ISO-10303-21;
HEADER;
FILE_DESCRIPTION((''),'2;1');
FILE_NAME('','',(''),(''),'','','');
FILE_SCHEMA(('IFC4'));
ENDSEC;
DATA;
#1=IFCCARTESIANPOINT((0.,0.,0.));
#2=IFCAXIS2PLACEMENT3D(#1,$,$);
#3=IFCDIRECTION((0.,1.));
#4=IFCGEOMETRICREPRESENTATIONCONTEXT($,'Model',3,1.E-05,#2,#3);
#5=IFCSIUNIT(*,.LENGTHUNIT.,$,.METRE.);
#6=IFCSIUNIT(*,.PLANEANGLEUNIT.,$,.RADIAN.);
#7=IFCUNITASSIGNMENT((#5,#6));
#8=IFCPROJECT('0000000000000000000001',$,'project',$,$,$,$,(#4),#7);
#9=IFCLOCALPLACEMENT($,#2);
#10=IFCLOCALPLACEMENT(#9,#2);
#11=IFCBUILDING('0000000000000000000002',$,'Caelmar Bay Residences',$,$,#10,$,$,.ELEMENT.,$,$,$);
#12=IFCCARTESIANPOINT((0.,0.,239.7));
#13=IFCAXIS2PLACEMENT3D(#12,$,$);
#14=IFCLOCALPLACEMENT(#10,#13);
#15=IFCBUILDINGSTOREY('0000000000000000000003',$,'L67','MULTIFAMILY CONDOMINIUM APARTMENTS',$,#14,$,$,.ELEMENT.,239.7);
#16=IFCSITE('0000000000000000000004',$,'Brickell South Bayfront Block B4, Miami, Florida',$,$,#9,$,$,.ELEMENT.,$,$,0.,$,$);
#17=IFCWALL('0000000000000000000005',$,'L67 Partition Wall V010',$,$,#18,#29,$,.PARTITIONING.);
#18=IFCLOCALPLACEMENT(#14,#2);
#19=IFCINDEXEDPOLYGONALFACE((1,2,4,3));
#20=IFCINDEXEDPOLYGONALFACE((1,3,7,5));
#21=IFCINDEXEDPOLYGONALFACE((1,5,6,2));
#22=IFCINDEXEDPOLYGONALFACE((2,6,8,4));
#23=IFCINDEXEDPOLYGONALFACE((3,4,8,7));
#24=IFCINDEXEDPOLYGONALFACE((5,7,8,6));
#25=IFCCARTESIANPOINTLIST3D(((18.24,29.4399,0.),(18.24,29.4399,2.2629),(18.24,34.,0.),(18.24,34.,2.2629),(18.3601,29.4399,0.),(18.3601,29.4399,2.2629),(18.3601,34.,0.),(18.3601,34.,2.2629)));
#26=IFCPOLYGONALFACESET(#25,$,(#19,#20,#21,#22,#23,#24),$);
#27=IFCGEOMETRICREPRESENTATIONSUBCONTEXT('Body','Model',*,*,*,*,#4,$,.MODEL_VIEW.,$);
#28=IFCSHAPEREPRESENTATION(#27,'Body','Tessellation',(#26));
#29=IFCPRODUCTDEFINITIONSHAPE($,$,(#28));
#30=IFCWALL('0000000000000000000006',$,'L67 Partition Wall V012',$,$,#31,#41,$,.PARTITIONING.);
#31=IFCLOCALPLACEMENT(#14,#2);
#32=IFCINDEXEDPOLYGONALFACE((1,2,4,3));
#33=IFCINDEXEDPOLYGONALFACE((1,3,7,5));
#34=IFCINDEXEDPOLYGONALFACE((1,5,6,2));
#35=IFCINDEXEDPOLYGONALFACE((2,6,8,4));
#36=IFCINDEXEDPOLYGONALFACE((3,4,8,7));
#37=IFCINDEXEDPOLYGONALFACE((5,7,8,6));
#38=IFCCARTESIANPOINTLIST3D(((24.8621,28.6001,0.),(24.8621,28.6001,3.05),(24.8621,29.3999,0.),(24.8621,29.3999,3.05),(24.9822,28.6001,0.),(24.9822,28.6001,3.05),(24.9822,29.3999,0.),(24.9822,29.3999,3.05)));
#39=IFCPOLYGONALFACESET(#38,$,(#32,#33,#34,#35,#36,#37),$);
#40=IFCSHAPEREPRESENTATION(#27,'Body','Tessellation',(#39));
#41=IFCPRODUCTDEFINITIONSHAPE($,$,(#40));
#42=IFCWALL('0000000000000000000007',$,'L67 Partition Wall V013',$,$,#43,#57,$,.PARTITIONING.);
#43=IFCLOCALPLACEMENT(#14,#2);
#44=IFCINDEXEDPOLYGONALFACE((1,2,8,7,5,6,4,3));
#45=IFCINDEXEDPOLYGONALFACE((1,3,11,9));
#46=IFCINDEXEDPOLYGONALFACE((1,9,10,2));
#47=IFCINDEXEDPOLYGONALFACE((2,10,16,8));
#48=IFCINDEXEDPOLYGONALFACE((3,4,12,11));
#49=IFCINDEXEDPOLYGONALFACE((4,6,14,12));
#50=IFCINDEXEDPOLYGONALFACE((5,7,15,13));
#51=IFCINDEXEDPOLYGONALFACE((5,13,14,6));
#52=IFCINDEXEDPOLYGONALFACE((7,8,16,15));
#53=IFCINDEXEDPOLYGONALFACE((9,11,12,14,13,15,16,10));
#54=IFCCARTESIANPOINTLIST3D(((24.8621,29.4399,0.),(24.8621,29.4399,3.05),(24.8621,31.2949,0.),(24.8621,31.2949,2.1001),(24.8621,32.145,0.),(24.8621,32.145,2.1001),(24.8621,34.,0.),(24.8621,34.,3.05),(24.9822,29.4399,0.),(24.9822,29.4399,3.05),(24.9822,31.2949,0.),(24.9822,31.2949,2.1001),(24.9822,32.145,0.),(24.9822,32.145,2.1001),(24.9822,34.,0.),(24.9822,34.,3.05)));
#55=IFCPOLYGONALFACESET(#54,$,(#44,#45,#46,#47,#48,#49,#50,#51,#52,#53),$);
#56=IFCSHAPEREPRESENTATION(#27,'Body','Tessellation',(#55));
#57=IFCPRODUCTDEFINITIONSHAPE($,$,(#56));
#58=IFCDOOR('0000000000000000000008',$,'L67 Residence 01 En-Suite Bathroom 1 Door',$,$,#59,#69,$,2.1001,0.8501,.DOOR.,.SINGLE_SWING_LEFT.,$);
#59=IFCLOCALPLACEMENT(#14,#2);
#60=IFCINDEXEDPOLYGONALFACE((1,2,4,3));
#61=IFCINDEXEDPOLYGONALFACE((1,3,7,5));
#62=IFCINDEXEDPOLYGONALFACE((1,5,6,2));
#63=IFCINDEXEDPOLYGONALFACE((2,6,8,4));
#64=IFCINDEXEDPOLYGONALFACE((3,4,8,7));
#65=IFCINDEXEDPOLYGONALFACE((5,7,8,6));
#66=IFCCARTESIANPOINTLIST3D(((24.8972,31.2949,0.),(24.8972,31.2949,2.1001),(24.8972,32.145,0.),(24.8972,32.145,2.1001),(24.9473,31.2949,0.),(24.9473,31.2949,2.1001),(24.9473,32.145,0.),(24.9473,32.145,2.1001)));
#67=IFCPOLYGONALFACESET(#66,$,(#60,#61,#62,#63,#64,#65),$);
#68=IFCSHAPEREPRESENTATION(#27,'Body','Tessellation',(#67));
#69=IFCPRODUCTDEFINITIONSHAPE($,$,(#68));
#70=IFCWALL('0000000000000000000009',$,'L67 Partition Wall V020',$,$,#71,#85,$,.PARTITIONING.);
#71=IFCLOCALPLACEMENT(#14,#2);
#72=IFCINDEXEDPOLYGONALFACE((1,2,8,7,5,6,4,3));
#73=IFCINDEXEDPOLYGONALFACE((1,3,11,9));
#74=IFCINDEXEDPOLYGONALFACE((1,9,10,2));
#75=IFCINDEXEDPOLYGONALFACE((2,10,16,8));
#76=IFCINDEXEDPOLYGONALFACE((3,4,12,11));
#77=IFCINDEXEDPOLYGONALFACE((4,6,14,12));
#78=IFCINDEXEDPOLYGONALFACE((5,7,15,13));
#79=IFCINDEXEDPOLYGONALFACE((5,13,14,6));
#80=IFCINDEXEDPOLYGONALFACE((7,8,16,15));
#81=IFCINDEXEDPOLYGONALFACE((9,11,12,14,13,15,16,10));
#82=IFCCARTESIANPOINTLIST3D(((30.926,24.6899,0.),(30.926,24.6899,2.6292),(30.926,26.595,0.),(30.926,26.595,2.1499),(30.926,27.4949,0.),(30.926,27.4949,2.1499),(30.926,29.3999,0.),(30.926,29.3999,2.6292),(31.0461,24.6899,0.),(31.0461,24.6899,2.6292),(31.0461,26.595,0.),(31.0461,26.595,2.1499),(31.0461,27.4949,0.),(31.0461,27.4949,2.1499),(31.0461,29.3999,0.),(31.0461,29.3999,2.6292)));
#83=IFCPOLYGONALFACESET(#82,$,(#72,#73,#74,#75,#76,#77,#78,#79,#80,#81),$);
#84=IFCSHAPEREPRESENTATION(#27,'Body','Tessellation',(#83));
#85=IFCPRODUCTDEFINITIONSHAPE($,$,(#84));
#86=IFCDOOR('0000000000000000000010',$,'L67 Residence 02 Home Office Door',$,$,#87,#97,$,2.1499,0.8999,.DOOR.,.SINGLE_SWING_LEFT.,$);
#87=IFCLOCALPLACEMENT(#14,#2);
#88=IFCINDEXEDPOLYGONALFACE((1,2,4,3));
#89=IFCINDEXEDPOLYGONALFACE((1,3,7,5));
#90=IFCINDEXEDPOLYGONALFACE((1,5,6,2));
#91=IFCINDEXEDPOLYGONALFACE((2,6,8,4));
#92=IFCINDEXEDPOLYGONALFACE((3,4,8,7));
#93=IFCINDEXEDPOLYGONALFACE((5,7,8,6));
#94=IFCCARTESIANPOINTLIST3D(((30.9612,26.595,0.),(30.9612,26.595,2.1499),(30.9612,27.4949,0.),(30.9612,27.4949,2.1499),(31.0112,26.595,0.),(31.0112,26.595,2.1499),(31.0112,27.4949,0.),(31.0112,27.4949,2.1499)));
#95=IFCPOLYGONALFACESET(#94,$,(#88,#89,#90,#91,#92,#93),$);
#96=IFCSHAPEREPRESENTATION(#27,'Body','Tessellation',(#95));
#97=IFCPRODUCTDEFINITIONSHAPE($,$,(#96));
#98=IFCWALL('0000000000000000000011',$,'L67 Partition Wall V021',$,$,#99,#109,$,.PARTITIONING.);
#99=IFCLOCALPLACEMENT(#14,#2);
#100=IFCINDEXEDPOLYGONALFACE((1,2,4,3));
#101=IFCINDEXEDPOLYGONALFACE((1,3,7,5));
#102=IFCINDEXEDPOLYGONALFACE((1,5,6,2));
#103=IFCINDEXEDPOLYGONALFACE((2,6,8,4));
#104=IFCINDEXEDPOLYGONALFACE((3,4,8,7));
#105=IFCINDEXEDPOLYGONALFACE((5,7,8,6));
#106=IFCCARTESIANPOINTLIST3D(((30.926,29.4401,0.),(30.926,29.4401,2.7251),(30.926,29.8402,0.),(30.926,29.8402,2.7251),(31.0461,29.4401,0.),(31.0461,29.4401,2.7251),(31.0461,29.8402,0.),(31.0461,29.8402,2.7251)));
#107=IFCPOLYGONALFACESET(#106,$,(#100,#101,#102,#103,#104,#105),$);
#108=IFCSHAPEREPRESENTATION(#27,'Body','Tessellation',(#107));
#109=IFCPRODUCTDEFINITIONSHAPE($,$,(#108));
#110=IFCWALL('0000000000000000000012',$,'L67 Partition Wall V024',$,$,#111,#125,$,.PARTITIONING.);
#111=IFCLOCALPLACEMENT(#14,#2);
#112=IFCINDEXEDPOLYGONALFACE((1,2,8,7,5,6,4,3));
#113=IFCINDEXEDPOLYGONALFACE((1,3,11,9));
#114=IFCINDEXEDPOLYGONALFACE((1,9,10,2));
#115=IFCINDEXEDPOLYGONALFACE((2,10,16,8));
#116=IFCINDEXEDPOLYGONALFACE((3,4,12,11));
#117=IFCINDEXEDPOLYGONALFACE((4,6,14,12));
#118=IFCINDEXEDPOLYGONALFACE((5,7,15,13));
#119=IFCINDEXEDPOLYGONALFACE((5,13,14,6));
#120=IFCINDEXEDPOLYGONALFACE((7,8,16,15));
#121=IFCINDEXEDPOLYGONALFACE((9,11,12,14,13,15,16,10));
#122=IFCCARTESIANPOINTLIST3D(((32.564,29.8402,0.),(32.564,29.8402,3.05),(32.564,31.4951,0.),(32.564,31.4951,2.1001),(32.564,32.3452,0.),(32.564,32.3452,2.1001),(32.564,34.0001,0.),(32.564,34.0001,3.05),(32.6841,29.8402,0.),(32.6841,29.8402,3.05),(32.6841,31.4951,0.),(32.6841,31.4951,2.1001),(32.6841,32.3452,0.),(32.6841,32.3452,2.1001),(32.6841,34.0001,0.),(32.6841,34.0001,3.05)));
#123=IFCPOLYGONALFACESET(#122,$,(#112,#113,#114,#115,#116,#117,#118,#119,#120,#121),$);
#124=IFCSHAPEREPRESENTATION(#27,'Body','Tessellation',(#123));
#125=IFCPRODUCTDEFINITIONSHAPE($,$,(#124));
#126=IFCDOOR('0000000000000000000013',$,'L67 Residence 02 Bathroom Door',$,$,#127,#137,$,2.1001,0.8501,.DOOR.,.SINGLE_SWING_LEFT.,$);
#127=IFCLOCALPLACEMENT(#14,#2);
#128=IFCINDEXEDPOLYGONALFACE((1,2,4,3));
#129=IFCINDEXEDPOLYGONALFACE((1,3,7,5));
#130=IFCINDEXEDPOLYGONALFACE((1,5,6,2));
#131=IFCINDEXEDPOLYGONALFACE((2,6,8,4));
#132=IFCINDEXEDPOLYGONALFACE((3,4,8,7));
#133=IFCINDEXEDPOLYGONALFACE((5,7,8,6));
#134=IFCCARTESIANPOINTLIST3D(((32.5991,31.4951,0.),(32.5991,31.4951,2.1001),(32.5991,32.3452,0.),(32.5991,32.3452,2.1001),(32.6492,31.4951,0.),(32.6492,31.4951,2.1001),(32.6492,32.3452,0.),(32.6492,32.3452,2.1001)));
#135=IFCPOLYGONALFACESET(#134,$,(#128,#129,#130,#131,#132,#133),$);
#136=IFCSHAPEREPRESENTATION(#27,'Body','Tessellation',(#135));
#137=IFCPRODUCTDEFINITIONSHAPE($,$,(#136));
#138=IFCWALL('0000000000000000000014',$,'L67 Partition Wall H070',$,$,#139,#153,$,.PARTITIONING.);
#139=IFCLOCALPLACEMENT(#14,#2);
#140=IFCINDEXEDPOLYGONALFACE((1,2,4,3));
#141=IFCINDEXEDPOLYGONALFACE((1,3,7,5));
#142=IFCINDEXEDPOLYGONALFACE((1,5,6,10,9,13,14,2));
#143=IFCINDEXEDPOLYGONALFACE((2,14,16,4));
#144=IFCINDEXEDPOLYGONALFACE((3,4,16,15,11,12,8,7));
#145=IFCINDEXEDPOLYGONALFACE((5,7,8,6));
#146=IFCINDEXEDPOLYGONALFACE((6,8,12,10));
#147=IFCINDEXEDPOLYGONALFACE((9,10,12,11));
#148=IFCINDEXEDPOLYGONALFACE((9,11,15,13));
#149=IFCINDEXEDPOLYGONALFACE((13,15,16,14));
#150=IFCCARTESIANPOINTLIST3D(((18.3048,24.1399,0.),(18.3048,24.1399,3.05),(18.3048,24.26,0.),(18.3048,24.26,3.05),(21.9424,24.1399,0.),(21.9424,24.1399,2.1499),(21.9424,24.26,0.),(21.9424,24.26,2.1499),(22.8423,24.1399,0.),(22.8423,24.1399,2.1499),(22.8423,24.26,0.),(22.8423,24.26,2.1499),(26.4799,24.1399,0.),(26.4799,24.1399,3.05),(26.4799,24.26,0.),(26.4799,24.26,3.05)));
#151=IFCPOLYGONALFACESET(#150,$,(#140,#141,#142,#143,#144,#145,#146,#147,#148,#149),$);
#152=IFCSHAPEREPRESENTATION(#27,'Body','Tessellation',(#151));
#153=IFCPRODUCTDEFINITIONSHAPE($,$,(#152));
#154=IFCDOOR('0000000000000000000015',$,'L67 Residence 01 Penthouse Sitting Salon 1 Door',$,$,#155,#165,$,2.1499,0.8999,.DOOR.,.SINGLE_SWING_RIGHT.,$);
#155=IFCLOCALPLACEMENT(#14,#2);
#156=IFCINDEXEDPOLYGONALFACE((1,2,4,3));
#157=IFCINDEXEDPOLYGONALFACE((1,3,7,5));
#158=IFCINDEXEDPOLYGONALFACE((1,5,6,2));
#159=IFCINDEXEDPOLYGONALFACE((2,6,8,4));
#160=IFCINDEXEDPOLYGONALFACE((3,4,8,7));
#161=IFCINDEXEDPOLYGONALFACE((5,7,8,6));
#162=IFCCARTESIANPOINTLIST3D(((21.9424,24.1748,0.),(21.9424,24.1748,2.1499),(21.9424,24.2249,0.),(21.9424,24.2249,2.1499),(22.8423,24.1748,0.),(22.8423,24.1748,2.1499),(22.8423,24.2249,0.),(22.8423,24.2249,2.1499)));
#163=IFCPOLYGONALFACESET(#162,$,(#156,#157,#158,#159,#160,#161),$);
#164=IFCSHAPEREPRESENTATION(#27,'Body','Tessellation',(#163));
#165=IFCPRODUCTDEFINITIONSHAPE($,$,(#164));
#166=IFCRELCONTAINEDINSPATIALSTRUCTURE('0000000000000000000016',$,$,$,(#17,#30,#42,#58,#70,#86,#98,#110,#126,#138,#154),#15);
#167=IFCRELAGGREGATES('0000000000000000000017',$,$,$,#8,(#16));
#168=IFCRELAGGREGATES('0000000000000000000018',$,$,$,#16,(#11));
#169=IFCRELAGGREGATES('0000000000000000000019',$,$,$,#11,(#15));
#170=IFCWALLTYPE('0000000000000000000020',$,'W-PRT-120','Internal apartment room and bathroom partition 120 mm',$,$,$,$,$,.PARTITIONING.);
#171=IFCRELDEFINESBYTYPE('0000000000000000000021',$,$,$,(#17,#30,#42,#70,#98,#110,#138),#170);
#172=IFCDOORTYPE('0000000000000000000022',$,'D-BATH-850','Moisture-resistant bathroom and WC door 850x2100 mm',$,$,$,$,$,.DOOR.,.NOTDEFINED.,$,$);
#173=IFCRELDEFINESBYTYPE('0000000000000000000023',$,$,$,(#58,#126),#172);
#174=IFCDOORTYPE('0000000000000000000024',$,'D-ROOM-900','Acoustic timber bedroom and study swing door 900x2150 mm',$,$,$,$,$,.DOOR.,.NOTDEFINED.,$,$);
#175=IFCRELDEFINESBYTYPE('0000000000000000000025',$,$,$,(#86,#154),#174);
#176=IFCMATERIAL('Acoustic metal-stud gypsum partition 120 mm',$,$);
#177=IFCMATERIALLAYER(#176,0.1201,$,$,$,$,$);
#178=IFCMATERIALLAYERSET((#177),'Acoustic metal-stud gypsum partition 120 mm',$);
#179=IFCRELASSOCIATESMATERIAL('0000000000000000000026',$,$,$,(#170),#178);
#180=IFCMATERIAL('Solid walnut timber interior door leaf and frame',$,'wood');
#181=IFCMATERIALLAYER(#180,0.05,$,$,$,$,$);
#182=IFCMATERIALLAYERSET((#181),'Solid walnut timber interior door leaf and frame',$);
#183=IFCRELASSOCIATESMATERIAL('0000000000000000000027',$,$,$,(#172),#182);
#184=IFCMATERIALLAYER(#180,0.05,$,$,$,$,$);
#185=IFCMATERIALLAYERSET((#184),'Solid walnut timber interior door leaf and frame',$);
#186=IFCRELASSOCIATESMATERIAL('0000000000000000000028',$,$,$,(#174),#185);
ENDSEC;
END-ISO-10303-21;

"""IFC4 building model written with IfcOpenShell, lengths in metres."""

from ifc_helpers import new_model, si_unit, direction, frame, frame_2d, origin, place, context, subcontext, project, spatial, rectangle, extrude, material, layer, layer_set, type_object, element, fill, save


model = new_model("IFC4")

# Units and contexts
model_context = context("Model", 3, precision=1e-05, world=origin(), true_north=direction((0.0, 1.0)))
body_context = subcontext(model_context, "Body", "Model", "MODEL_VIEW")
ifc_project = project(units=[si_unit("LENGTHUNIT", "METRE"), si_unit("PLANEANGLEUNIT", "RADIAN")], contexts=[model_context])

# Site, building, storey
site_placement = place(None, origin())
site = spatial("IfcSite", under=ifc_project, at=site_placement, Name="Brickell South Bayfront Block B4, Miami, Florida", CompositionType="ELEMENT", RefElevation=0.0)
building_placement = place(site_placement, origin())
building = spatial("IfcBuilding", under=site, at=building_placement, Name="Caelmar Bay Residences", CompositionType="ELEMENT")
storey_placement = place(building_placement, frame((0.0, 0.0, 239.7)))
storey = spatial("IfcBuildingStorey", under=building, at=storey_placement, Name="L67", Description="MULTIFAMILY CONDOMINIUM APARTMENTS", CompositionType="ELEMENT", Elevation=239.7)

# Walls
ifc_material_1 = material(Name="Acoustic metal-stud gypsum partition 120 mm")
ifc_layer_1 = layer(ifc_material_1, 0.1201)
ifc_layer_set_1 = layer_set([ifc_layer_1], Name="Acoustic metal-stud gypsum partition 120 mm")
wall_type_1 = type_object("IfcWallType", Name="W-PRT-120", Description="Internal apartment room and bathroom partition 120 mm", PredefinedType="PARTITIONING", material=ifc_layer_set_1)
wall_1_placement = place(storey_placement, frame((18.3, 29.4399, 0.0), z_axis=(0.0, 0.0, 1.0), x_axis=(0.0, 1.0, 0.0)))
element("IfcWall", 1, at=wall_1_placement, inside=storey, type_object=wall_type_1, Name="L67 Partition Wall V010", PredefinedType="PARTITIONING", context=body_context, shape_type="SweptSolid", body=[
    extrude(rectangle(XDim=4.5601, YDim=0.1201, at=frame_2d((2.28, 0.0))), origin(), (0.0, 0.0, 1.0), 2.2629),
])
wall_2_placement = place(storey_placement, frame((24.9221, 28.6001, 0.0), z_axis=(0.0, 0.0, 1.0), x_axis=(0.0, 1.0, 0.0)))
element("IfcWall", 2, at=wall_2_placement, inside=storey, type_object=wall_type_1, Name="L67 Partition Wall V012", PredefinedType="PARTITIONING", context=body_context, shape_type="SweptSolid", body=[
    extrude(rectangle(XDim=0.7998, YDim=0.1201, at=frame_2d((0.3999, 0.0))), origin(), (0.0, 0.0, 1.0), 3.05),
])

# Walls, openings, doors
wall_3_placement = place(storey_placement, frame((24.9221, 29.4399, 0.0), z_axis=(0.0, 0.0, 1.0), x_axis=(0.0, 1.0, 0.0)))
wall_3 = element("IfcWall", 3, at=wall_3_placement, inside=storey, type_object=wall_type_1, Name="L67 Partition Wall V013", PredefinedType="PARTITIONING", context=body_context, shape_type="SweptSolid", body=[
    extrude(rectangle(XDim=4.5601, YDim=0.1201, at=frame_2d((2.28, 0.0))), origin(), (0.0, 0.0, 1.0), 3.05),
])
opening_1_placement = place(wall_3_placement, frame((1.855, 0.0, 0.0)))
opening_1 = element("IfcOpeningElement", 4, at=opening_1_placement, cuts=wall_3, PredefinedType="OPENING", context=body_context, shape_type="SweptSolid", body=[
    extrude(rectangle(XDim=0.8501, YDim=2.1001, at=frame_2d((0.425, 1.05))), frame((0.0, 0.0701, 0.0), z_axis=(0.0, -1.0, 0.0), x_axis=(1.0, 0.0, 0.0)), (0.0, 0.0, 1.0), 0.1401),
])
ifc_material_2 = material(Name="Solid walnut timber interior door leaf and frame", Category="wood")
ifc_layer_2 = layer(ifc_material_2, 0.05)
ifc_layer_set_2 = layer_set([ifc_layer_2], Name="Solid walnut timber interior door leaf and frame")
door_type_1 = type_object("IfcDoorType", Name="D-BATH-850", Description="Moisture-resistant bathroom and WC door 850x2100 mm", OperationType="NOTDEFINED", PredefinedType="DOOR", material=ifc_layer_set_2)
door_1_placement = place(opening_1_placement, origin())
door_1 = element("IfcDoor", 5, at=door_1_placement, inside=storey, type_object=door_type_1, Name="L67 Residence 01 En-Suite Bathroom 1 Door", OperationType="SINGLE_SWING_LEFT", OverallHeight=2.1001, OverallWidth=0.8501, PredefinedType="DOOR", context=body_context, shape_type="SweptSolid", body=[
    extrude(rectangle(XDim=0.8501, YDim=2.1001, at=frame_2d((0.425, 1.05))), frame((0.0, 0.0249, 0.0), z_axis=(0.0, -1.0, 0.0), x_axis=(1.0, 0.0, 0.0)), (0.0, 0.0, 1.0), 0.05),
])
fill(opening_1, door_1)
wall_4_placement = place(storey_placement, frame((30.9861, 24.6899, 0.0), z_axis=(0.0, 0.0, 1.0), x_axis=(0.0, 1.0, 0.0)))
wall_4 = element("IfcWall", 6, at=wall_4_placement, inside=storey, type_object=wall_type_1, Name="L67 Partition Wall V020", PredefinedType="PARTITIONING", context=body_context, shape_type="SweptSolid", body=[
    extrude(rectangle(XDim=4.71, YDim=0.1201, at=frame_2d((2.355, 0.0))), origin(), (0.0, 0.0, 1.0), 2.6292),
])
opening_2_placement = place(wall_4_placement, frame((1.905, 0.0, 0.0)))
opening_2 = element("IfcOpeningElement", 7, at=opening_2_placement, cuts=wall_4, PredefinedType="OPENING", context=body_context, shape_type="SweptSolid", body=[
    extrude(rectangle(XDim=0.8999, YDim=2.1499, at=frame_2d((0.45, 1.075))), frame((0.0, 0.0701, 0.0), z_axis=(0.0, -1.0, 0.0), x_axis=(1.0, 0.0, 0.0)), (0.0, 0.0, 1.0), 0.1401),
])
ifc_layer_3 = layer(ifc_material_2, 0.05)
ifc_layer_set_3 = layer_set([ifc_layer_3], Name="Solid walnut timber interior door leaf and frame")
door_type_2 = type_object("IfcDoorType", Name="D-ROOM-900", Description="Acoustic timber bedroom and study swing door 900x2150 mm", OperationType="NOTDEFINED", PredefinedType="DOOR", material=ifc_layer_set_3)
door_2_placement = place(opening_2_placement, origin())
door_2 = element("IfcDoor", 8, at=door_2_placement, inside=storey, type_object=door_type_2, Name="L67 Residence 02 Home Office Door", OperationType="SINGLE_SWING_LEFT", OverallHeight=2.1499, OverallWidth=0.8999, PredefinedType="DOOR", context=body_context, shape_type="SweptSolid", body=[
    extrude(rectangle(XDim=0.8999, YDim=2.1499, at=frame_2d((0.45, 1.075))), frame((0.0, 0.0249, 0.0), z_axis=(0.0, -1.0, 0.0), x_axis=(1.0, 0.0, 0.0)), (0.0, 0.0, 1.0), 0.05),
])
fill(opening_2, door_2)

# Wall
wall_5_placement = place(storey_placement, frame((30.9861, 29.4399, 0.0), z_axis=(0.0, 0.0, 1.0), x_axis=(0.0, 1.0, 0.0)))
element("IfcWall", 9, at=wall_5_placement, inside=storey, type_object=wall_type_1, Name="L67 Partition Wall V021", PredefinedType="PARTITIONING", context=body_context, shape_type="SweptSolid", body=[
    extrude(rectangle(XDim=0.4001, YDim=0.1201, at=frame_2d((0.2002, 0.0))), origin(), (0.0, 0.0, 1.0), 2.7251),
])

# Walls, openings, doors
wall_6_placement = place(storey_placement, frame((32.624, 29.8401, 0.0), z_axis=(0.0, 0.0, 1.0), x_axis=(0.0, 1.0, 0.0)))
wall_6 = element("IfcWall", 10, at=wall_6_placement, inside=storey, type_object=wall_type_1, Name="L67 Partition Wall V024", PredefinedType="PARTITIONING", context=body_context, shape_type="SweptSolid", body=[
    extrude(rectangle(XDim=4.1599, YDim=0.1201, at=frame_2d((2.0801, 0.0))), origin(), (0.0, 0.0, 1.0), 3.05),
])
opening_3_placement = place(wall_6_placement, frame((1.655, 0.0, 0.0)))
opening_3 = element("IfcOpeningElement", 11, at=opening_3_placement, cuts=wall_6, PredefinedType="OPENING", context=body_context, shape_type="SweptSolid", body=[
    extrude(rectangle(XDim=0.8501, YDim=2.1001, at=frame_2d((0.425, 1.05))), frame((0.0, 0.0701, 0.0), z_axis=(0.0, -1.0, 0.0), x_axis=(1.0, 0.0, 0.0)), (0.0, 0.0, 1.0), 0.1401),
])
door_3_placement = place(opening_3_placement, origin())
door_3 = element("IfcDoor", 12, at=door_3_placement, inside=storey, type_object=door_type_1, Name="L67 Residence 02 Bathroom Door", OperationType="SINGLE_SWING_LEFT", OverallHeight=2.1001, OverallWidth=0.8501, PredefinedType="DOOR", context=body_context, shape_type="SweptSolid", body=[
    extrude(rectangle(XDim=0.8501, YDim=2.1001, at=frame_2d((0.425, 1.05))), frame((0.0, 0.0249, 0.0), z_axis=(0.0, -1.0, 0.0), x_axis=(1.0, 0.0, 0.0)), (0.0, 0.0, 1.0), 0.05),
])
fill(opening_3, door_3)
wall_7_placement = place(storey_placement, frame((18.3049, 24.2, 0.0), z_axis=(0.0, 0.0, 1.0), x_axis=(1.0, 0.0, 0.0)))
wall_7 = element("IfcWall", 13, at=wall_7_placement, inside=storey, type_object=wall_type_1, Name="L67 Partition Wall H070", PredefinedType="PARTITIONING", context=body_context, shape_type="SweptSolid", body=[
    extrude(rectangle(XDim=8.175, YDim=0.1201, at=frame_2d((4.0874, 0.0))), origin(), (0.0, 0.0, 1.0), 3.05),
])
opening_4_placement = place(wall_7_placement, frame((3.6375, 0.0, 0.0)))
opening_4 = element("IfcOpeningElement", 14, at=opening_4_placement, cuts=wall_7, PredefinedType="OPENING", context=body_context, shape_type="SweptSolid", body=[
    extrude(rectangle(XDim=0.8999, YDim=2.1499, at=frame_2d((0.45, 1.075))), frame((0.0, 0.0701, 0.0), z_axis=(0.0, -1.0, 0.0), x_axis=(1.0, 0.0, 0.0)), (0.0, 0.0, 1.0), 0.1401),
])
door_4_placement = place(opening_4_placement, origin())
door_4 = element("IfcDoor", 15, at=door_4_placement, inside=storey, type_object=door_type_2, Name="L67 Residence 01 Penthouse Sitting Salon 1 Door", OperationType="SINGLE_SWING_RIGHT", OverallHeight=2.1499, OverallWidth=0.8999, PredefinedType="DOOR", context=body_context, shape_type="SweptSolid", body=[
    extrude(rectangle(XDim=0.8999, YDim=2.1499, at=frame_2d((0.45, 1.075))), frame((0.0, 0.0249, 0.0), z_axis=(0.0, -1.0, 0.0), x_axis=(1.0, 0.0, 0.0)), (0.0, 0.0, 1.0), 0.05),
])
fill(opening_4, door_4)

save(model, "model.ifc")
